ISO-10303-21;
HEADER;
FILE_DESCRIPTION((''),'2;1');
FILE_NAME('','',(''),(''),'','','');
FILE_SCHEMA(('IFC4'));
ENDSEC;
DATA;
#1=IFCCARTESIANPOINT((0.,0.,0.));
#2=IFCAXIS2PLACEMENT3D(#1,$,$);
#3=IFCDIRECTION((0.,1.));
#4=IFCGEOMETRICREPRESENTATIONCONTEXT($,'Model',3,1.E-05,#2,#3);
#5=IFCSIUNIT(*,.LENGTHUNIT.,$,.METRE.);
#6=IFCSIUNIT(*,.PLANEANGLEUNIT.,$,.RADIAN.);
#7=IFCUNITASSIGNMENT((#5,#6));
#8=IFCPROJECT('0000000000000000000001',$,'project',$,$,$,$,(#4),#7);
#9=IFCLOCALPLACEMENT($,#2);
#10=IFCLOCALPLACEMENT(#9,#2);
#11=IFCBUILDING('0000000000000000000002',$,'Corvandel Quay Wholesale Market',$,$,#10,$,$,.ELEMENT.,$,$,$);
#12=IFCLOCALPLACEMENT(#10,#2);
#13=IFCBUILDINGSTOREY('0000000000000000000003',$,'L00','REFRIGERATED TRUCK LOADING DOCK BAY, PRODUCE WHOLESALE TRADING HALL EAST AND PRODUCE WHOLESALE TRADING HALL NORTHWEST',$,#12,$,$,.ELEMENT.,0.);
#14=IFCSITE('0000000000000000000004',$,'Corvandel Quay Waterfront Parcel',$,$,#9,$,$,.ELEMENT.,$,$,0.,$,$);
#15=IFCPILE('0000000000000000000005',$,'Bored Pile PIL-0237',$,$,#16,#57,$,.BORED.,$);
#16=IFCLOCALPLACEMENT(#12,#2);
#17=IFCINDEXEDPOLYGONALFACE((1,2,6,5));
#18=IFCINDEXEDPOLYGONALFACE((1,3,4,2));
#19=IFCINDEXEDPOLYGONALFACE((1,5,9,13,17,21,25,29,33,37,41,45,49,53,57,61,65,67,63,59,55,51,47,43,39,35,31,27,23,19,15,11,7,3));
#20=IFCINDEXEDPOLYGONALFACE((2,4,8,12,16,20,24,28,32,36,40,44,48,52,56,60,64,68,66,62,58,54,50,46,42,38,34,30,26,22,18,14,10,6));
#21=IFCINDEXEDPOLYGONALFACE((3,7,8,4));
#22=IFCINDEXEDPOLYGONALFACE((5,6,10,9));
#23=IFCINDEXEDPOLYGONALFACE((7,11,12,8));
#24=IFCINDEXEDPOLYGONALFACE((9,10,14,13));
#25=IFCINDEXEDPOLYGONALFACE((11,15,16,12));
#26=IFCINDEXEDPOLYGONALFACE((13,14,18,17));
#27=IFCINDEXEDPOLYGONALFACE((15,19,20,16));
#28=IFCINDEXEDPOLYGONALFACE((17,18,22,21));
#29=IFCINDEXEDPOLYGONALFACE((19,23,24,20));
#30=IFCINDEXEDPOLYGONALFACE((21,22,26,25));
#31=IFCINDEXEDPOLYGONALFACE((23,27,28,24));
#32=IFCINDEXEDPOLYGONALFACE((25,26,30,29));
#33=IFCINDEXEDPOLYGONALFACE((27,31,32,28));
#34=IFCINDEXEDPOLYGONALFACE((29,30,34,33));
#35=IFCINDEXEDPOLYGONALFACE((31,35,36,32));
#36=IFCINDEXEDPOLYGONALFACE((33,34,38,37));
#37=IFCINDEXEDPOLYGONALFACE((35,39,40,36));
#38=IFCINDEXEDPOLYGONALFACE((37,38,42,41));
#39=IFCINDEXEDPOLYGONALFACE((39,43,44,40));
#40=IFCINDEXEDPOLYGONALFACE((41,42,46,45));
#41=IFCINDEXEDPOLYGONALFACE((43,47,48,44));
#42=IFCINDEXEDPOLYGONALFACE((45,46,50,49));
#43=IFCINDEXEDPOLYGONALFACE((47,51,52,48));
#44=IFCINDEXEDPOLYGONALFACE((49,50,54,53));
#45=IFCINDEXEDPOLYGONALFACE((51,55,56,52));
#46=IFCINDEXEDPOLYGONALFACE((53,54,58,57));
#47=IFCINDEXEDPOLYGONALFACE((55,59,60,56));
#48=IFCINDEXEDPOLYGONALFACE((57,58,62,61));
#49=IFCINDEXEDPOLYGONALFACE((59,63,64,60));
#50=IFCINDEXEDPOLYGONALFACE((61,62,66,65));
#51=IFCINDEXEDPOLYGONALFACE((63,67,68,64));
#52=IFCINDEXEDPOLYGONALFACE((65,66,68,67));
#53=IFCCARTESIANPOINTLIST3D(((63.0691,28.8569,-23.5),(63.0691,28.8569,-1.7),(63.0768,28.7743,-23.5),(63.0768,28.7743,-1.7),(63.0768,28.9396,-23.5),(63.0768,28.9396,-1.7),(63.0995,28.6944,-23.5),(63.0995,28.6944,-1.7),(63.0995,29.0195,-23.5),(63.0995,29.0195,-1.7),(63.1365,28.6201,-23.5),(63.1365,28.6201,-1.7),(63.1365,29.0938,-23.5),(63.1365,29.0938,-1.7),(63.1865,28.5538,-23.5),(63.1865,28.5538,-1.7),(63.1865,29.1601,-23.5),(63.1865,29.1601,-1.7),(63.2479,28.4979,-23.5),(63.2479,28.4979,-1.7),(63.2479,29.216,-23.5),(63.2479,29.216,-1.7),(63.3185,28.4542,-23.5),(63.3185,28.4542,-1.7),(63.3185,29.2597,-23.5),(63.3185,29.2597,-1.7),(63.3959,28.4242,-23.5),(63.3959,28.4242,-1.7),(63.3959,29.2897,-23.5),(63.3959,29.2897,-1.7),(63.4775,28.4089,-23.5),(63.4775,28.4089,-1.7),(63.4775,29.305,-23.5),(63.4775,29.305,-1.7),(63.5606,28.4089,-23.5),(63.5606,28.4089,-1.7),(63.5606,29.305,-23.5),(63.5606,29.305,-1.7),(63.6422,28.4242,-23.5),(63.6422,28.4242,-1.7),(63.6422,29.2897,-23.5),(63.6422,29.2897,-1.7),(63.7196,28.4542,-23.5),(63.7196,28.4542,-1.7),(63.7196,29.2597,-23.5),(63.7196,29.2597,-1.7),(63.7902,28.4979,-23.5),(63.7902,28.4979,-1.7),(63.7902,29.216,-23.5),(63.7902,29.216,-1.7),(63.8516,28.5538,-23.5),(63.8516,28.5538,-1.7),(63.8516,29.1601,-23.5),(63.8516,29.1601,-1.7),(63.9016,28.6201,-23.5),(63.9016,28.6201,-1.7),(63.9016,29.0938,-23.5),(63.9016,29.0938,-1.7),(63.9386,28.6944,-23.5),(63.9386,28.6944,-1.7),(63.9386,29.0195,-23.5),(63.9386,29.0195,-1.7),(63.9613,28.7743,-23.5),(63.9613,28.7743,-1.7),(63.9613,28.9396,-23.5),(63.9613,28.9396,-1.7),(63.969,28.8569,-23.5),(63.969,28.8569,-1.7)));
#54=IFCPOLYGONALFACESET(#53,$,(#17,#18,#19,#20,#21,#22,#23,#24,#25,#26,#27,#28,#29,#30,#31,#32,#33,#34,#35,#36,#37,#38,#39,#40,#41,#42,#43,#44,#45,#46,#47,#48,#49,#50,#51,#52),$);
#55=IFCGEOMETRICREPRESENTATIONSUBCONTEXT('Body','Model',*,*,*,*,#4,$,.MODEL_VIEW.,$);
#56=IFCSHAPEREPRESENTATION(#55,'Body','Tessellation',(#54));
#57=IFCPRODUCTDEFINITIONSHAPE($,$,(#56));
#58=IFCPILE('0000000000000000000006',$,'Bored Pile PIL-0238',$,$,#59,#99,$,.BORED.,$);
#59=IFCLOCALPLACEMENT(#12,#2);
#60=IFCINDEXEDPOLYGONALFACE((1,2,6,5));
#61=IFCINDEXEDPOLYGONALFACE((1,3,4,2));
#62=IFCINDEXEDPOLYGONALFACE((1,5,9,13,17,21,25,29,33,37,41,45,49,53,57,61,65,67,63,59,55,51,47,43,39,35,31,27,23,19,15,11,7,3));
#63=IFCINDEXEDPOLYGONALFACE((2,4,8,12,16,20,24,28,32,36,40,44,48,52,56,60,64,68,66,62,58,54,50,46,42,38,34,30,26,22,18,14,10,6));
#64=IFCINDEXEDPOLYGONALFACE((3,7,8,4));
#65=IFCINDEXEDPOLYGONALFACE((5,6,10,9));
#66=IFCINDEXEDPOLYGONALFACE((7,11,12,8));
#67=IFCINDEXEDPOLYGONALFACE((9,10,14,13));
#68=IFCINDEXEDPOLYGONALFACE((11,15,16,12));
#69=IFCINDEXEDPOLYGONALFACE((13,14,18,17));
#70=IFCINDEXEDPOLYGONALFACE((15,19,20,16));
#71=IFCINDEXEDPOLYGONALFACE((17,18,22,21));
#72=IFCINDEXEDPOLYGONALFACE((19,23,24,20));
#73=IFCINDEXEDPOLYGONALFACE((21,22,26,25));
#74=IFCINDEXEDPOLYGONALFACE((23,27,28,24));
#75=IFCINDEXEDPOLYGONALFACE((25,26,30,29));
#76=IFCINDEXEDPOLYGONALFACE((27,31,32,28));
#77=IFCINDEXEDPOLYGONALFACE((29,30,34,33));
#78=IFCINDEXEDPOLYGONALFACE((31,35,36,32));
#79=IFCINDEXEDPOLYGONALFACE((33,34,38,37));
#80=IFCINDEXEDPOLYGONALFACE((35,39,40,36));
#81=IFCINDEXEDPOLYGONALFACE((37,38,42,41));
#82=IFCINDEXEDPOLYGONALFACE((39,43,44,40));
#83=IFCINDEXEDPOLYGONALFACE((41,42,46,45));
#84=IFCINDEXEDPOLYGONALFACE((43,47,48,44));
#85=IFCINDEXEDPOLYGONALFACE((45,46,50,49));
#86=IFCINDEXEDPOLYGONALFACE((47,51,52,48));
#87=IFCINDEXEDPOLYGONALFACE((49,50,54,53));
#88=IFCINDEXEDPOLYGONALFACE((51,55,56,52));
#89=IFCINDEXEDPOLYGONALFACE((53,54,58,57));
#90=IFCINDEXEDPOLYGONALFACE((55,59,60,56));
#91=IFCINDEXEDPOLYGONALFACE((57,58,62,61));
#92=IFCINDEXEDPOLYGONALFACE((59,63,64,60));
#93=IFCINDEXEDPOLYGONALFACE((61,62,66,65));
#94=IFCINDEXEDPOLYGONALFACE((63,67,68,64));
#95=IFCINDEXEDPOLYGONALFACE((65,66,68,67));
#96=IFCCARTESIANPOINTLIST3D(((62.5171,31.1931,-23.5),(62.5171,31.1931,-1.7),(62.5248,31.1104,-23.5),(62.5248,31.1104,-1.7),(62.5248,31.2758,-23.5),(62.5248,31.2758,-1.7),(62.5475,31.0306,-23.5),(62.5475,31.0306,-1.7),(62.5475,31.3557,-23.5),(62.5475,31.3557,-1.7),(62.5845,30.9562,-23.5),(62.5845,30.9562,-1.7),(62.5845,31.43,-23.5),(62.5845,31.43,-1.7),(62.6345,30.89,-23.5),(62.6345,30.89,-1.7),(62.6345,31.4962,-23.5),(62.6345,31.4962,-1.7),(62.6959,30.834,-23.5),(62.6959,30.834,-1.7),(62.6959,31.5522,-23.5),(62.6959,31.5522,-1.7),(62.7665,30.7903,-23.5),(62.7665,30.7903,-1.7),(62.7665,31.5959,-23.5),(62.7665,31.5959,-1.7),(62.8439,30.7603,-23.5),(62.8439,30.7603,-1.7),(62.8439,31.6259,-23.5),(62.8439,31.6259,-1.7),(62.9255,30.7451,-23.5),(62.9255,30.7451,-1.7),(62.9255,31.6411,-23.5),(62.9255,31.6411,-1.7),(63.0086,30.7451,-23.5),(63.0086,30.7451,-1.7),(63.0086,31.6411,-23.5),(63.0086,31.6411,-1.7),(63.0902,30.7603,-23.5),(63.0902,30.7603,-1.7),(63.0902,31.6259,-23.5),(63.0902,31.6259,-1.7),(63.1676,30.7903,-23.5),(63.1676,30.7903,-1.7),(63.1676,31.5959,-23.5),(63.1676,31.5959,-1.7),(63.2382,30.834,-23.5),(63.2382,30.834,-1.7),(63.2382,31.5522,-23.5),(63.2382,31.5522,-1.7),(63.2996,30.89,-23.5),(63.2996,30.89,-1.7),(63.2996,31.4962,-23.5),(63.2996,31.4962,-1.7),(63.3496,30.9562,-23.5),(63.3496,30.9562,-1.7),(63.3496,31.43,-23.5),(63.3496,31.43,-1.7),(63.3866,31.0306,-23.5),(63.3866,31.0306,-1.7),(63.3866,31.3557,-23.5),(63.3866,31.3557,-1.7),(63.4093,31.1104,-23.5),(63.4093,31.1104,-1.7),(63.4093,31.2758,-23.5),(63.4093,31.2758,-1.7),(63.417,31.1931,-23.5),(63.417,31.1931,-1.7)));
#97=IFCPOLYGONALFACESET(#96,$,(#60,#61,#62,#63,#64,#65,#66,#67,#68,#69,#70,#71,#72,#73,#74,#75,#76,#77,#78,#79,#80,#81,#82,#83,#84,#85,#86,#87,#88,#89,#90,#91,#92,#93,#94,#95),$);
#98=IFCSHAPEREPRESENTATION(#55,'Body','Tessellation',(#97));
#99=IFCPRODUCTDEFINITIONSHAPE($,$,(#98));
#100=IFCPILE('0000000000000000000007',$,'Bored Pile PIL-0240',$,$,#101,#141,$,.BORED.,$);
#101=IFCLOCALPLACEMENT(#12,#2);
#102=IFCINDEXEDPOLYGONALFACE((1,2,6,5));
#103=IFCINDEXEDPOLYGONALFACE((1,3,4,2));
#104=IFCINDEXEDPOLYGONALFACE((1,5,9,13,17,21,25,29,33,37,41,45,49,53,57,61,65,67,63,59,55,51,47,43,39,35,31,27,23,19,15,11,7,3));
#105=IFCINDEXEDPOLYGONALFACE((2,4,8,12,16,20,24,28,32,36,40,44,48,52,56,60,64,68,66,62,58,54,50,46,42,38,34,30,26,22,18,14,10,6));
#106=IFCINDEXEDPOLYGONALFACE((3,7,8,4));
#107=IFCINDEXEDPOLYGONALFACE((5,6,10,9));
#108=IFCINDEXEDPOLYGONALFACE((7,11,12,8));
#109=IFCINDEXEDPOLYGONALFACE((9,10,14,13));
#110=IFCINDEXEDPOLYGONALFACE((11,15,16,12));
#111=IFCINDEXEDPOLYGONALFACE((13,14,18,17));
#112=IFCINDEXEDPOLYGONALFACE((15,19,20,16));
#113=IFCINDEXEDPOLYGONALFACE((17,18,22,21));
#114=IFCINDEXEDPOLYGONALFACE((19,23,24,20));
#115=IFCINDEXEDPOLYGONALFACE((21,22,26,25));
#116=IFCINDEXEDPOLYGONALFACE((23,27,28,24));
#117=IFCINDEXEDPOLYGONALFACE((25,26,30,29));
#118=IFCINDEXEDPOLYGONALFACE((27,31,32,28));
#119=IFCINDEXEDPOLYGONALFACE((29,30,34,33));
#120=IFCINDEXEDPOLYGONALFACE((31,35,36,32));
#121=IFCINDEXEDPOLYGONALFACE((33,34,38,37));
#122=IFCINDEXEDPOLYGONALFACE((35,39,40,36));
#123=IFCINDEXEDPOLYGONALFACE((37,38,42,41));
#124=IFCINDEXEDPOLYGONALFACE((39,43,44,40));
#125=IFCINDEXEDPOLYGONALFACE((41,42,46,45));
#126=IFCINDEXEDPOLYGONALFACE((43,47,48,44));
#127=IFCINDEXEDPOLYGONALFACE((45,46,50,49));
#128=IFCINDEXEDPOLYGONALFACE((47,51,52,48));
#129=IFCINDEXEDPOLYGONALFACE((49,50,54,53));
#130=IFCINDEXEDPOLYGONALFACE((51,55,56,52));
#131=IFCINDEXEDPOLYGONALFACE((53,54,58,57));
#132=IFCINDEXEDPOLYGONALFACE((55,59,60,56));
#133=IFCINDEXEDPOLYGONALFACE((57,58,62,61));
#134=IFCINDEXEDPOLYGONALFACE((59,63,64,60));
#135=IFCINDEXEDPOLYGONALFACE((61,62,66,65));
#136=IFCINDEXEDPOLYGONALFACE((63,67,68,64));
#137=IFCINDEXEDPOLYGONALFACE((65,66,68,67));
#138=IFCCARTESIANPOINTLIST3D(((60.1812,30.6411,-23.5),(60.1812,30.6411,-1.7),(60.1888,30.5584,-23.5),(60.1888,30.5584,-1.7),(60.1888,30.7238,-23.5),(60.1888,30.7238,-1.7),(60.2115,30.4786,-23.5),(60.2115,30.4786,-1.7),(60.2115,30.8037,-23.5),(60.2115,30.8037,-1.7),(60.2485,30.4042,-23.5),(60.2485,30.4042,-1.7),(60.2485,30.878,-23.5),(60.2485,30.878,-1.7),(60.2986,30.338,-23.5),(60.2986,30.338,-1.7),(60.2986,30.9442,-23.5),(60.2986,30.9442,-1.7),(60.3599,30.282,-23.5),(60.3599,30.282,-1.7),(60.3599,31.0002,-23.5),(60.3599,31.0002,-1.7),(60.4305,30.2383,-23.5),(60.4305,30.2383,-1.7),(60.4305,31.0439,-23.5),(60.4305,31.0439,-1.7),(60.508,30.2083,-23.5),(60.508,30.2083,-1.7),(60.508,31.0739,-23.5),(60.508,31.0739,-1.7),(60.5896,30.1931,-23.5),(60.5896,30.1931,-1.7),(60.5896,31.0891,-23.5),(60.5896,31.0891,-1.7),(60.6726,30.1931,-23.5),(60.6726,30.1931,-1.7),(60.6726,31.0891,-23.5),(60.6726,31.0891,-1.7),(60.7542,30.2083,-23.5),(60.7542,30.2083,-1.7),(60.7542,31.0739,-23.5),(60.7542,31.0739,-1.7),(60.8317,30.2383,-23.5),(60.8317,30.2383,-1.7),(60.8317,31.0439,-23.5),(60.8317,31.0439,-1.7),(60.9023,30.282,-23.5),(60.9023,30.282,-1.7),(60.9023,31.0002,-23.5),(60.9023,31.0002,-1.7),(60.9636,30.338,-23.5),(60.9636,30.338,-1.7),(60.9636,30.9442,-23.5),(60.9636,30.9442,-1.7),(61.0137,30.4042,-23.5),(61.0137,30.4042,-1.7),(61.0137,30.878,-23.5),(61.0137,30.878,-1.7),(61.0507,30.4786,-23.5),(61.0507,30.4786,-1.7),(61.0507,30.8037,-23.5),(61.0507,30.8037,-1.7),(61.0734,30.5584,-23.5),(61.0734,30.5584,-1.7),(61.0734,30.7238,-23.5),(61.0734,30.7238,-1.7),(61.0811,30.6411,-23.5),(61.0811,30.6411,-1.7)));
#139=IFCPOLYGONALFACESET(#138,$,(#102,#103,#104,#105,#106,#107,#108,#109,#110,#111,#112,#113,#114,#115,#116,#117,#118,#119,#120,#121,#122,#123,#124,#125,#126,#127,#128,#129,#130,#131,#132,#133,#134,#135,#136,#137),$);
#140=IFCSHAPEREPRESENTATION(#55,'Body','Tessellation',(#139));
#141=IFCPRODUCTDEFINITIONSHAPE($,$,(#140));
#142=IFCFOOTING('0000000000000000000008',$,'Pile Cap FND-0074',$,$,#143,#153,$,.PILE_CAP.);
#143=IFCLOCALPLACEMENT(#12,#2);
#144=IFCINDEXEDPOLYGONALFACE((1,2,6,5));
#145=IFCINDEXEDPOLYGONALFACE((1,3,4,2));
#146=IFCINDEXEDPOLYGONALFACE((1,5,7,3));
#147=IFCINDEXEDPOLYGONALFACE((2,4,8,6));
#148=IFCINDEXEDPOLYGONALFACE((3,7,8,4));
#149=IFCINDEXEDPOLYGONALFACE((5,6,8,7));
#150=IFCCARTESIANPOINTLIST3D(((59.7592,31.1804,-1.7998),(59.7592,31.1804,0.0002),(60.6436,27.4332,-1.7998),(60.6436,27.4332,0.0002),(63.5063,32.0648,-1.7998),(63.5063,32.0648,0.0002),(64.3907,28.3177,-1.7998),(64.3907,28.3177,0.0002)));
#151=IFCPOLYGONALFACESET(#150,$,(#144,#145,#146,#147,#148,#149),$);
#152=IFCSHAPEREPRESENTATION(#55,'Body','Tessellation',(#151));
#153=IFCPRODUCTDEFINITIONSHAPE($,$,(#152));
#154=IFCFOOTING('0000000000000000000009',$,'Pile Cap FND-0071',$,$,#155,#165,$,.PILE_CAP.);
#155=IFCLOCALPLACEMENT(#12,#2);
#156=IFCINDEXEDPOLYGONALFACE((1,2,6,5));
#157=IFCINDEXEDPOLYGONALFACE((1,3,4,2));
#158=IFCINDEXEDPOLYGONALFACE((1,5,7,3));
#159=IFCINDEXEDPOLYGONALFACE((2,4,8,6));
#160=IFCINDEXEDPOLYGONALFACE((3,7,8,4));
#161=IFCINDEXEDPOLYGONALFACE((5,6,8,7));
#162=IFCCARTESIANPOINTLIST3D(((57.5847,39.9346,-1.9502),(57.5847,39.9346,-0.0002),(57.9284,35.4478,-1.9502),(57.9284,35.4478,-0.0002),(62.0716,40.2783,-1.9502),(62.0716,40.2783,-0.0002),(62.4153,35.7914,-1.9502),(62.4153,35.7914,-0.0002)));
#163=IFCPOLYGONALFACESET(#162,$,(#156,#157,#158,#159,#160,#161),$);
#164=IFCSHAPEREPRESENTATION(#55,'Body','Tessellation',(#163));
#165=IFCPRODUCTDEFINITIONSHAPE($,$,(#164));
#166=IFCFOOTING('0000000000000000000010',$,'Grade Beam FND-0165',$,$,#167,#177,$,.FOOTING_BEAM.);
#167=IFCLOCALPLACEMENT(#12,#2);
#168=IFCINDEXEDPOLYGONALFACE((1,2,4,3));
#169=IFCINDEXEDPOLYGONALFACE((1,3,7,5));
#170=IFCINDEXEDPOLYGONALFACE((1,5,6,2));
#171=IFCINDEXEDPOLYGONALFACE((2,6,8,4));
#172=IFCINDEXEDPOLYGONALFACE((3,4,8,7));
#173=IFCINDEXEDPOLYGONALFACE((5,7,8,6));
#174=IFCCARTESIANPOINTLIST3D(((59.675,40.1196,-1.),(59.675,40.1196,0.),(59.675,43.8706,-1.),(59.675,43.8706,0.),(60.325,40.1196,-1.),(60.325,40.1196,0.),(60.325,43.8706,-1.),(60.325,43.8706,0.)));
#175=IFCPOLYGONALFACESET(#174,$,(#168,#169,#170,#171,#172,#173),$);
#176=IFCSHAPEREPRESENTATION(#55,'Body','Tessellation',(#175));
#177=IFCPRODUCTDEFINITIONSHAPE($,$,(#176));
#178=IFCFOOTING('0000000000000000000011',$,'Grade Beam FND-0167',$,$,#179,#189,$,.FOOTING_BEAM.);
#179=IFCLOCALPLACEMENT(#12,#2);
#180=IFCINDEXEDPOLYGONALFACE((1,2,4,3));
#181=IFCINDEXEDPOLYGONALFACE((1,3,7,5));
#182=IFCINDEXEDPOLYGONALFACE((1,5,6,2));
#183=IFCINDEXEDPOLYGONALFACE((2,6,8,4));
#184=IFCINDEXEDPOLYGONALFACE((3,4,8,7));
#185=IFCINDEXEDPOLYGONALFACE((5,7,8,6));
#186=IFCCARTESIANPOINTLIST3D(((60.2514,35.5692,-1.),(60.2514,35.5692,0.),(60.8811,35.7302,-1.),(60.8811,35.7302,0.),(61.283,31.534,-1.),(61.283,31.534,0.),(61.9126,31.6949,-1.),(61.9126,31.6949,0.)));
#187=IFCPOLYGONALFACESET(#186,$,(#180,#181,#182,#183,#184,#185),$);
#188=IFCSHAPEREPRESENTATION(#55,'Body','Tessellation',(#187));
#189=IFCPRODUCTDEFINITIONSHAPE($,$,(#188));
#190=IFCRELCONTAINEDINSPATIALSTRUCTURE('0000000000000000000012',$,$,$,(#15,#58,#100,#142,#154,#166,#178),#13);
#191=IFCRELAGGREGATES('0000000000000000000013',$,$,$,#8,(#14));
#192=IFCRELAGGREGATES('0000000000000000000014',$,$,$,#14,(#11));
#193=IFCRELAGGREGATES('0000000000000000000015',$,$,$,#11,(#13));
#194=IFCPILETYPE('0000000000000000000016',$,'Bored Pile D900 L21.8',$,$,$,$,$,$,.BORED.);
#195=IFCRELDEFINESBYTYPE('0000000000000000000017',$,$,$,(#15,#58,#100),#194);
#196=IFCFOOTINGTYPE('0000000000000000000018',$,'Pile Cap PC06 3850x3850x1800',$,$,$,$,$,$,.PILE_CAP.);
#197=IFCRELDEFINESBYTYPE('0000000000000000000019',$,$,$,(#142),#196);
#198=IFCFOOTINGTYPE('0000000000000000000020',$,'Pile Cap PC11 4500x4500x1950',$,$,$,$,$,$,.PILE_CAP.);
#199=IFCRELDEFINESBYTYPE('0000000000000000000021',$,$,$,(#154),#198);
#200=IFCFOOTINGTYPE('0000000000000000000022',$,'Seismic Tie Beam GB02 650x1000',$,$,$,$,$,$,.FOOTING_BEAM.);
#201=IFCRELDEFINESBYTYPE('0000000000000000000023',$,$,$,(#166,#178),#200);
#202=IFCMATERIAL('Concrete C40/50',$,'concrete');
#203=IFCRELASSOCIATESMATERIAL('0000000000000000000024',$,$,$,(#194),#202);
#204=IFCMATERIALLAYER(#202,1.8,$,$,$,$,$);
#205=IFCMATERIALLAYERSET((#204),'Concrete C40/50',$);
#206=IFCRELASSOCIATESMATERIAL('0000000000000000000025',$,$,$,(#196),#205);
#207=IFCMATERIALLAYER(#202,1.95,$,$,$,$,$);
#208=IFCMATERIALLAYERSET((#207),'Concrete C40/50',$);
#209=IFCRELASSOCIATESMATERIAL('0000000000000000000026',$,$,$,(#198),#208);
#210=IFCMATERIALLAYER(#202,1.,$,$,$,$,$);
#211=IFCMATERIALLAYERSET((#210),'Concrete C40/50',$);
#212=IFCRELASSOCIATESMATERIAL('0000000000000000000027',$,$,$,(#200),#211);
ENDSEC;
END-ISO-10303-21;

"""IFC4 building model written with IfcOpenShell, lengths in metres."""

from ifc_helpers import new_model, si_unit, direction, frame, origin, origin_2d, place, context, subcontext, project, spatial, rectangle, circle, extrude, material, layer, layer_set, material_profile, profile_set, type_object, element, save


model = new_model("IFC4")

# Units and contexts
model_context = context("Model", 3, precision=1e-05, world=origin(), true_north=direction((0.0, 1.0)))
body_context = subcontext(model_context, "Body", "Model", "MODEL_VIEW")
ifc_project = project(units=[si_unit("LENGTHUNIT", "METRE"), si_unit("PLANEANGLEUNIT", "RADIAN")], contexts=[model_context])

# Site, building, storey
site_placement = place(None, origin())
site = spatial("IfcSite", under=ifc_project, at=site_placement, Name="Corvandel Quay Waterfront Parcel", CompositionType="ELEMENT", RefElevation=0.0)
building_placement = place(site_placement, origin())
building = spatial("IfcBuilding", under=site, at=building_placement, Name="Corvandel Quay Wholesale Market", CompositionType="ELEMENT")
storey_placement = place(building_placement, origin())
storey = spatial("IfcBuildingStorey", under=building, at=storey_placement, Name="L00", Description="REFRIGERATED TRUCK LOADING DOCK BAY, PRODUCE WHOLESALE TRADING HALL EAST AND PRODUCE WHOLESALE TRADING HALL NORTHWEST", CompositionType="ELEMENT", Elevation=0.0)

# Piles
ifc_material_1 = material(Name="Concrete C40/50", Category="concrete")
ifc_material_profile_1 = material_profile(ifc_material_1, circle(Radius=0.45, at=origin_2d()), Name="RC-PILE-D900")
ifc_profile_set_1 = profile_set([ifc_material_profile_1], Name="Concrete C40/50")
pile_type_1 = type_object("IfcPileType", Name="Bored Pile D900 L21.8", PredefinedType="BORED", material=ifc_profile_set_1)
for number, where, z_axis, x_axis, name in (
    (1, (63.519, 28.8569, -1.7), (0.0, 0.0, -1.0), (1.0, 0.0, 0.0), "Bored Pile PIL-0237"),
    (2, (62.967, 31.1931, -1.7), (0.0, 0.0, -1.0), (1.0, 0.0, 0.0), "Bored Pile PIL-0238"),
    (3, (60.6311, 30.6411, -1.7), (0.0, 0.0, -1.0), (1.0, 0.0, 0.0), "Bored Pile PIL-0240"),
):
    element("IfcPile", number, at=place(storey_placement, frame(where, z_axis=z_axis, x_axis=x_axis)), inside=storey, type_object=pile_type_1, Name=name, PredefinedType="BORED", context=body_context, shape_type="SweptSolid", body=[
        extrude(circle(Radius=0.45, at=origin_2d()), origin(), (0.0, 0.0, 1.0), 21.8),
    ])

# Footings
ifc_layer_1 = layer(ifc_material_1, 1.8)
ifc_layer_set_1 = layer_set([ifc_layer_1], Name="Concrete C40/50")
footing_type_1 = type_object("IfcFootingType", Name="Pile Cap PC06 3850x3850x1800", PredefinedType="PILE_CAP", material=ifc_layer_set_1)
footing_1_placement = place(storey_placement, frame((62.075, 29.749, -1.7998), z_axis=(0.0, 0.0, 1.0), x_axis=(-0.22971, 0.973259, 0.0)))
element("IfcFooting", 4, at=footing_1_placement, inside=storey, type_object=footing_type_1, Name="Pile Cap FND-0074", PredefinedType="PILE_CAP", context=body_context, shape_type="SweptSolid", body=[
    extrude(rectangle(XDim=3.8501, YDim=3.8501, at=origin_2d()), origin(), (0.0, 0.0, 1.0), 1.8),
])
ifc_layer_2 = layer(ifc_material_1, 1.95)
ifc_layer_set_2 = layer_set([ifc_layer_2], Name="Concrete C40/50")
footing_type_2 = type_object("IfcFootingType", Name="Pile Cap PC11 4500x4500x1950", PredefinedType="PILE_CAP", material=ifc_layer_set_2)
footing_2_placement = place(storey_placement, frame((60.0, 37.863, -1.9502), z_axis=(0.0, 0.0, 1.0), x_axis=(-0.076371, 0.997079, 0.0)))
element("IfcFooting", 5, at=footing_2_placement, inside=storey, type_object=footing_type_2, Name="Pile Cap FND-0071", PredefinedType="PILE_CAP", context=body_context, shape_type="SweptSolid", body=[
    extrude(rectangle(XDim=4.5, YDim=4.5, at=origin_2d()), origin(), (0.0, 0.0, 1.0), 1.95),
])
ifc_layer_3 = layer(ifc_material_1, 1.0)
ifc_layer_set_3 = layer_set([ifc_layer_3], Name="Concrete C40/50")
footing_type_3 = type_object("IfcFootingType", Name="Seismic Tie Beam GB02 650x1000", PredefinedType="FOOTING_BEAM", material=ifc_layer_set_3)
footing_3_placement = place(storey_placement, frame((60.0, 41.9951, -1.0), z_axis=(0.0, 0.0, 1.0), x_axis=(0.0, 1.0, 0.0)))
element("IfcFooting", 6, at=footing_3_placement, inside=storey, type_object=footing_type_3, Name="Grade Beam FND-0165", PredefinedType="FOOTING_BEAM", context=body_context, shape_type="SweptSolid", body=[
    extrude(rectangle(XDim=3.751, YDim=0.6499, at=origin_2d()), origin(), (0.0, 0.0, 1.0), 1.0),
])
footing_4_placement = place(storey_placement, frame((61.082, 33.6321, -1.0), z_axis=(0.0, 0.0, 1.0), x_axis=(-0.247675, 0.968843, 0.0)))
element("IfcFooting", 7, at=footing_4_placement, inside=storey, type_object=footing_type_3, Name="Grade Beam FND-0167", PredefinedType="FOOTING_BEAM", context=body_context, shape_type="SweptSolid", body=[
    extrude(rectangle(XDim=4.165, YDim=0.6499, at=origin_2d()), origin(), (0.0, 0.0, 1.0), 1.0),
])

save(model, "model.ifc")
